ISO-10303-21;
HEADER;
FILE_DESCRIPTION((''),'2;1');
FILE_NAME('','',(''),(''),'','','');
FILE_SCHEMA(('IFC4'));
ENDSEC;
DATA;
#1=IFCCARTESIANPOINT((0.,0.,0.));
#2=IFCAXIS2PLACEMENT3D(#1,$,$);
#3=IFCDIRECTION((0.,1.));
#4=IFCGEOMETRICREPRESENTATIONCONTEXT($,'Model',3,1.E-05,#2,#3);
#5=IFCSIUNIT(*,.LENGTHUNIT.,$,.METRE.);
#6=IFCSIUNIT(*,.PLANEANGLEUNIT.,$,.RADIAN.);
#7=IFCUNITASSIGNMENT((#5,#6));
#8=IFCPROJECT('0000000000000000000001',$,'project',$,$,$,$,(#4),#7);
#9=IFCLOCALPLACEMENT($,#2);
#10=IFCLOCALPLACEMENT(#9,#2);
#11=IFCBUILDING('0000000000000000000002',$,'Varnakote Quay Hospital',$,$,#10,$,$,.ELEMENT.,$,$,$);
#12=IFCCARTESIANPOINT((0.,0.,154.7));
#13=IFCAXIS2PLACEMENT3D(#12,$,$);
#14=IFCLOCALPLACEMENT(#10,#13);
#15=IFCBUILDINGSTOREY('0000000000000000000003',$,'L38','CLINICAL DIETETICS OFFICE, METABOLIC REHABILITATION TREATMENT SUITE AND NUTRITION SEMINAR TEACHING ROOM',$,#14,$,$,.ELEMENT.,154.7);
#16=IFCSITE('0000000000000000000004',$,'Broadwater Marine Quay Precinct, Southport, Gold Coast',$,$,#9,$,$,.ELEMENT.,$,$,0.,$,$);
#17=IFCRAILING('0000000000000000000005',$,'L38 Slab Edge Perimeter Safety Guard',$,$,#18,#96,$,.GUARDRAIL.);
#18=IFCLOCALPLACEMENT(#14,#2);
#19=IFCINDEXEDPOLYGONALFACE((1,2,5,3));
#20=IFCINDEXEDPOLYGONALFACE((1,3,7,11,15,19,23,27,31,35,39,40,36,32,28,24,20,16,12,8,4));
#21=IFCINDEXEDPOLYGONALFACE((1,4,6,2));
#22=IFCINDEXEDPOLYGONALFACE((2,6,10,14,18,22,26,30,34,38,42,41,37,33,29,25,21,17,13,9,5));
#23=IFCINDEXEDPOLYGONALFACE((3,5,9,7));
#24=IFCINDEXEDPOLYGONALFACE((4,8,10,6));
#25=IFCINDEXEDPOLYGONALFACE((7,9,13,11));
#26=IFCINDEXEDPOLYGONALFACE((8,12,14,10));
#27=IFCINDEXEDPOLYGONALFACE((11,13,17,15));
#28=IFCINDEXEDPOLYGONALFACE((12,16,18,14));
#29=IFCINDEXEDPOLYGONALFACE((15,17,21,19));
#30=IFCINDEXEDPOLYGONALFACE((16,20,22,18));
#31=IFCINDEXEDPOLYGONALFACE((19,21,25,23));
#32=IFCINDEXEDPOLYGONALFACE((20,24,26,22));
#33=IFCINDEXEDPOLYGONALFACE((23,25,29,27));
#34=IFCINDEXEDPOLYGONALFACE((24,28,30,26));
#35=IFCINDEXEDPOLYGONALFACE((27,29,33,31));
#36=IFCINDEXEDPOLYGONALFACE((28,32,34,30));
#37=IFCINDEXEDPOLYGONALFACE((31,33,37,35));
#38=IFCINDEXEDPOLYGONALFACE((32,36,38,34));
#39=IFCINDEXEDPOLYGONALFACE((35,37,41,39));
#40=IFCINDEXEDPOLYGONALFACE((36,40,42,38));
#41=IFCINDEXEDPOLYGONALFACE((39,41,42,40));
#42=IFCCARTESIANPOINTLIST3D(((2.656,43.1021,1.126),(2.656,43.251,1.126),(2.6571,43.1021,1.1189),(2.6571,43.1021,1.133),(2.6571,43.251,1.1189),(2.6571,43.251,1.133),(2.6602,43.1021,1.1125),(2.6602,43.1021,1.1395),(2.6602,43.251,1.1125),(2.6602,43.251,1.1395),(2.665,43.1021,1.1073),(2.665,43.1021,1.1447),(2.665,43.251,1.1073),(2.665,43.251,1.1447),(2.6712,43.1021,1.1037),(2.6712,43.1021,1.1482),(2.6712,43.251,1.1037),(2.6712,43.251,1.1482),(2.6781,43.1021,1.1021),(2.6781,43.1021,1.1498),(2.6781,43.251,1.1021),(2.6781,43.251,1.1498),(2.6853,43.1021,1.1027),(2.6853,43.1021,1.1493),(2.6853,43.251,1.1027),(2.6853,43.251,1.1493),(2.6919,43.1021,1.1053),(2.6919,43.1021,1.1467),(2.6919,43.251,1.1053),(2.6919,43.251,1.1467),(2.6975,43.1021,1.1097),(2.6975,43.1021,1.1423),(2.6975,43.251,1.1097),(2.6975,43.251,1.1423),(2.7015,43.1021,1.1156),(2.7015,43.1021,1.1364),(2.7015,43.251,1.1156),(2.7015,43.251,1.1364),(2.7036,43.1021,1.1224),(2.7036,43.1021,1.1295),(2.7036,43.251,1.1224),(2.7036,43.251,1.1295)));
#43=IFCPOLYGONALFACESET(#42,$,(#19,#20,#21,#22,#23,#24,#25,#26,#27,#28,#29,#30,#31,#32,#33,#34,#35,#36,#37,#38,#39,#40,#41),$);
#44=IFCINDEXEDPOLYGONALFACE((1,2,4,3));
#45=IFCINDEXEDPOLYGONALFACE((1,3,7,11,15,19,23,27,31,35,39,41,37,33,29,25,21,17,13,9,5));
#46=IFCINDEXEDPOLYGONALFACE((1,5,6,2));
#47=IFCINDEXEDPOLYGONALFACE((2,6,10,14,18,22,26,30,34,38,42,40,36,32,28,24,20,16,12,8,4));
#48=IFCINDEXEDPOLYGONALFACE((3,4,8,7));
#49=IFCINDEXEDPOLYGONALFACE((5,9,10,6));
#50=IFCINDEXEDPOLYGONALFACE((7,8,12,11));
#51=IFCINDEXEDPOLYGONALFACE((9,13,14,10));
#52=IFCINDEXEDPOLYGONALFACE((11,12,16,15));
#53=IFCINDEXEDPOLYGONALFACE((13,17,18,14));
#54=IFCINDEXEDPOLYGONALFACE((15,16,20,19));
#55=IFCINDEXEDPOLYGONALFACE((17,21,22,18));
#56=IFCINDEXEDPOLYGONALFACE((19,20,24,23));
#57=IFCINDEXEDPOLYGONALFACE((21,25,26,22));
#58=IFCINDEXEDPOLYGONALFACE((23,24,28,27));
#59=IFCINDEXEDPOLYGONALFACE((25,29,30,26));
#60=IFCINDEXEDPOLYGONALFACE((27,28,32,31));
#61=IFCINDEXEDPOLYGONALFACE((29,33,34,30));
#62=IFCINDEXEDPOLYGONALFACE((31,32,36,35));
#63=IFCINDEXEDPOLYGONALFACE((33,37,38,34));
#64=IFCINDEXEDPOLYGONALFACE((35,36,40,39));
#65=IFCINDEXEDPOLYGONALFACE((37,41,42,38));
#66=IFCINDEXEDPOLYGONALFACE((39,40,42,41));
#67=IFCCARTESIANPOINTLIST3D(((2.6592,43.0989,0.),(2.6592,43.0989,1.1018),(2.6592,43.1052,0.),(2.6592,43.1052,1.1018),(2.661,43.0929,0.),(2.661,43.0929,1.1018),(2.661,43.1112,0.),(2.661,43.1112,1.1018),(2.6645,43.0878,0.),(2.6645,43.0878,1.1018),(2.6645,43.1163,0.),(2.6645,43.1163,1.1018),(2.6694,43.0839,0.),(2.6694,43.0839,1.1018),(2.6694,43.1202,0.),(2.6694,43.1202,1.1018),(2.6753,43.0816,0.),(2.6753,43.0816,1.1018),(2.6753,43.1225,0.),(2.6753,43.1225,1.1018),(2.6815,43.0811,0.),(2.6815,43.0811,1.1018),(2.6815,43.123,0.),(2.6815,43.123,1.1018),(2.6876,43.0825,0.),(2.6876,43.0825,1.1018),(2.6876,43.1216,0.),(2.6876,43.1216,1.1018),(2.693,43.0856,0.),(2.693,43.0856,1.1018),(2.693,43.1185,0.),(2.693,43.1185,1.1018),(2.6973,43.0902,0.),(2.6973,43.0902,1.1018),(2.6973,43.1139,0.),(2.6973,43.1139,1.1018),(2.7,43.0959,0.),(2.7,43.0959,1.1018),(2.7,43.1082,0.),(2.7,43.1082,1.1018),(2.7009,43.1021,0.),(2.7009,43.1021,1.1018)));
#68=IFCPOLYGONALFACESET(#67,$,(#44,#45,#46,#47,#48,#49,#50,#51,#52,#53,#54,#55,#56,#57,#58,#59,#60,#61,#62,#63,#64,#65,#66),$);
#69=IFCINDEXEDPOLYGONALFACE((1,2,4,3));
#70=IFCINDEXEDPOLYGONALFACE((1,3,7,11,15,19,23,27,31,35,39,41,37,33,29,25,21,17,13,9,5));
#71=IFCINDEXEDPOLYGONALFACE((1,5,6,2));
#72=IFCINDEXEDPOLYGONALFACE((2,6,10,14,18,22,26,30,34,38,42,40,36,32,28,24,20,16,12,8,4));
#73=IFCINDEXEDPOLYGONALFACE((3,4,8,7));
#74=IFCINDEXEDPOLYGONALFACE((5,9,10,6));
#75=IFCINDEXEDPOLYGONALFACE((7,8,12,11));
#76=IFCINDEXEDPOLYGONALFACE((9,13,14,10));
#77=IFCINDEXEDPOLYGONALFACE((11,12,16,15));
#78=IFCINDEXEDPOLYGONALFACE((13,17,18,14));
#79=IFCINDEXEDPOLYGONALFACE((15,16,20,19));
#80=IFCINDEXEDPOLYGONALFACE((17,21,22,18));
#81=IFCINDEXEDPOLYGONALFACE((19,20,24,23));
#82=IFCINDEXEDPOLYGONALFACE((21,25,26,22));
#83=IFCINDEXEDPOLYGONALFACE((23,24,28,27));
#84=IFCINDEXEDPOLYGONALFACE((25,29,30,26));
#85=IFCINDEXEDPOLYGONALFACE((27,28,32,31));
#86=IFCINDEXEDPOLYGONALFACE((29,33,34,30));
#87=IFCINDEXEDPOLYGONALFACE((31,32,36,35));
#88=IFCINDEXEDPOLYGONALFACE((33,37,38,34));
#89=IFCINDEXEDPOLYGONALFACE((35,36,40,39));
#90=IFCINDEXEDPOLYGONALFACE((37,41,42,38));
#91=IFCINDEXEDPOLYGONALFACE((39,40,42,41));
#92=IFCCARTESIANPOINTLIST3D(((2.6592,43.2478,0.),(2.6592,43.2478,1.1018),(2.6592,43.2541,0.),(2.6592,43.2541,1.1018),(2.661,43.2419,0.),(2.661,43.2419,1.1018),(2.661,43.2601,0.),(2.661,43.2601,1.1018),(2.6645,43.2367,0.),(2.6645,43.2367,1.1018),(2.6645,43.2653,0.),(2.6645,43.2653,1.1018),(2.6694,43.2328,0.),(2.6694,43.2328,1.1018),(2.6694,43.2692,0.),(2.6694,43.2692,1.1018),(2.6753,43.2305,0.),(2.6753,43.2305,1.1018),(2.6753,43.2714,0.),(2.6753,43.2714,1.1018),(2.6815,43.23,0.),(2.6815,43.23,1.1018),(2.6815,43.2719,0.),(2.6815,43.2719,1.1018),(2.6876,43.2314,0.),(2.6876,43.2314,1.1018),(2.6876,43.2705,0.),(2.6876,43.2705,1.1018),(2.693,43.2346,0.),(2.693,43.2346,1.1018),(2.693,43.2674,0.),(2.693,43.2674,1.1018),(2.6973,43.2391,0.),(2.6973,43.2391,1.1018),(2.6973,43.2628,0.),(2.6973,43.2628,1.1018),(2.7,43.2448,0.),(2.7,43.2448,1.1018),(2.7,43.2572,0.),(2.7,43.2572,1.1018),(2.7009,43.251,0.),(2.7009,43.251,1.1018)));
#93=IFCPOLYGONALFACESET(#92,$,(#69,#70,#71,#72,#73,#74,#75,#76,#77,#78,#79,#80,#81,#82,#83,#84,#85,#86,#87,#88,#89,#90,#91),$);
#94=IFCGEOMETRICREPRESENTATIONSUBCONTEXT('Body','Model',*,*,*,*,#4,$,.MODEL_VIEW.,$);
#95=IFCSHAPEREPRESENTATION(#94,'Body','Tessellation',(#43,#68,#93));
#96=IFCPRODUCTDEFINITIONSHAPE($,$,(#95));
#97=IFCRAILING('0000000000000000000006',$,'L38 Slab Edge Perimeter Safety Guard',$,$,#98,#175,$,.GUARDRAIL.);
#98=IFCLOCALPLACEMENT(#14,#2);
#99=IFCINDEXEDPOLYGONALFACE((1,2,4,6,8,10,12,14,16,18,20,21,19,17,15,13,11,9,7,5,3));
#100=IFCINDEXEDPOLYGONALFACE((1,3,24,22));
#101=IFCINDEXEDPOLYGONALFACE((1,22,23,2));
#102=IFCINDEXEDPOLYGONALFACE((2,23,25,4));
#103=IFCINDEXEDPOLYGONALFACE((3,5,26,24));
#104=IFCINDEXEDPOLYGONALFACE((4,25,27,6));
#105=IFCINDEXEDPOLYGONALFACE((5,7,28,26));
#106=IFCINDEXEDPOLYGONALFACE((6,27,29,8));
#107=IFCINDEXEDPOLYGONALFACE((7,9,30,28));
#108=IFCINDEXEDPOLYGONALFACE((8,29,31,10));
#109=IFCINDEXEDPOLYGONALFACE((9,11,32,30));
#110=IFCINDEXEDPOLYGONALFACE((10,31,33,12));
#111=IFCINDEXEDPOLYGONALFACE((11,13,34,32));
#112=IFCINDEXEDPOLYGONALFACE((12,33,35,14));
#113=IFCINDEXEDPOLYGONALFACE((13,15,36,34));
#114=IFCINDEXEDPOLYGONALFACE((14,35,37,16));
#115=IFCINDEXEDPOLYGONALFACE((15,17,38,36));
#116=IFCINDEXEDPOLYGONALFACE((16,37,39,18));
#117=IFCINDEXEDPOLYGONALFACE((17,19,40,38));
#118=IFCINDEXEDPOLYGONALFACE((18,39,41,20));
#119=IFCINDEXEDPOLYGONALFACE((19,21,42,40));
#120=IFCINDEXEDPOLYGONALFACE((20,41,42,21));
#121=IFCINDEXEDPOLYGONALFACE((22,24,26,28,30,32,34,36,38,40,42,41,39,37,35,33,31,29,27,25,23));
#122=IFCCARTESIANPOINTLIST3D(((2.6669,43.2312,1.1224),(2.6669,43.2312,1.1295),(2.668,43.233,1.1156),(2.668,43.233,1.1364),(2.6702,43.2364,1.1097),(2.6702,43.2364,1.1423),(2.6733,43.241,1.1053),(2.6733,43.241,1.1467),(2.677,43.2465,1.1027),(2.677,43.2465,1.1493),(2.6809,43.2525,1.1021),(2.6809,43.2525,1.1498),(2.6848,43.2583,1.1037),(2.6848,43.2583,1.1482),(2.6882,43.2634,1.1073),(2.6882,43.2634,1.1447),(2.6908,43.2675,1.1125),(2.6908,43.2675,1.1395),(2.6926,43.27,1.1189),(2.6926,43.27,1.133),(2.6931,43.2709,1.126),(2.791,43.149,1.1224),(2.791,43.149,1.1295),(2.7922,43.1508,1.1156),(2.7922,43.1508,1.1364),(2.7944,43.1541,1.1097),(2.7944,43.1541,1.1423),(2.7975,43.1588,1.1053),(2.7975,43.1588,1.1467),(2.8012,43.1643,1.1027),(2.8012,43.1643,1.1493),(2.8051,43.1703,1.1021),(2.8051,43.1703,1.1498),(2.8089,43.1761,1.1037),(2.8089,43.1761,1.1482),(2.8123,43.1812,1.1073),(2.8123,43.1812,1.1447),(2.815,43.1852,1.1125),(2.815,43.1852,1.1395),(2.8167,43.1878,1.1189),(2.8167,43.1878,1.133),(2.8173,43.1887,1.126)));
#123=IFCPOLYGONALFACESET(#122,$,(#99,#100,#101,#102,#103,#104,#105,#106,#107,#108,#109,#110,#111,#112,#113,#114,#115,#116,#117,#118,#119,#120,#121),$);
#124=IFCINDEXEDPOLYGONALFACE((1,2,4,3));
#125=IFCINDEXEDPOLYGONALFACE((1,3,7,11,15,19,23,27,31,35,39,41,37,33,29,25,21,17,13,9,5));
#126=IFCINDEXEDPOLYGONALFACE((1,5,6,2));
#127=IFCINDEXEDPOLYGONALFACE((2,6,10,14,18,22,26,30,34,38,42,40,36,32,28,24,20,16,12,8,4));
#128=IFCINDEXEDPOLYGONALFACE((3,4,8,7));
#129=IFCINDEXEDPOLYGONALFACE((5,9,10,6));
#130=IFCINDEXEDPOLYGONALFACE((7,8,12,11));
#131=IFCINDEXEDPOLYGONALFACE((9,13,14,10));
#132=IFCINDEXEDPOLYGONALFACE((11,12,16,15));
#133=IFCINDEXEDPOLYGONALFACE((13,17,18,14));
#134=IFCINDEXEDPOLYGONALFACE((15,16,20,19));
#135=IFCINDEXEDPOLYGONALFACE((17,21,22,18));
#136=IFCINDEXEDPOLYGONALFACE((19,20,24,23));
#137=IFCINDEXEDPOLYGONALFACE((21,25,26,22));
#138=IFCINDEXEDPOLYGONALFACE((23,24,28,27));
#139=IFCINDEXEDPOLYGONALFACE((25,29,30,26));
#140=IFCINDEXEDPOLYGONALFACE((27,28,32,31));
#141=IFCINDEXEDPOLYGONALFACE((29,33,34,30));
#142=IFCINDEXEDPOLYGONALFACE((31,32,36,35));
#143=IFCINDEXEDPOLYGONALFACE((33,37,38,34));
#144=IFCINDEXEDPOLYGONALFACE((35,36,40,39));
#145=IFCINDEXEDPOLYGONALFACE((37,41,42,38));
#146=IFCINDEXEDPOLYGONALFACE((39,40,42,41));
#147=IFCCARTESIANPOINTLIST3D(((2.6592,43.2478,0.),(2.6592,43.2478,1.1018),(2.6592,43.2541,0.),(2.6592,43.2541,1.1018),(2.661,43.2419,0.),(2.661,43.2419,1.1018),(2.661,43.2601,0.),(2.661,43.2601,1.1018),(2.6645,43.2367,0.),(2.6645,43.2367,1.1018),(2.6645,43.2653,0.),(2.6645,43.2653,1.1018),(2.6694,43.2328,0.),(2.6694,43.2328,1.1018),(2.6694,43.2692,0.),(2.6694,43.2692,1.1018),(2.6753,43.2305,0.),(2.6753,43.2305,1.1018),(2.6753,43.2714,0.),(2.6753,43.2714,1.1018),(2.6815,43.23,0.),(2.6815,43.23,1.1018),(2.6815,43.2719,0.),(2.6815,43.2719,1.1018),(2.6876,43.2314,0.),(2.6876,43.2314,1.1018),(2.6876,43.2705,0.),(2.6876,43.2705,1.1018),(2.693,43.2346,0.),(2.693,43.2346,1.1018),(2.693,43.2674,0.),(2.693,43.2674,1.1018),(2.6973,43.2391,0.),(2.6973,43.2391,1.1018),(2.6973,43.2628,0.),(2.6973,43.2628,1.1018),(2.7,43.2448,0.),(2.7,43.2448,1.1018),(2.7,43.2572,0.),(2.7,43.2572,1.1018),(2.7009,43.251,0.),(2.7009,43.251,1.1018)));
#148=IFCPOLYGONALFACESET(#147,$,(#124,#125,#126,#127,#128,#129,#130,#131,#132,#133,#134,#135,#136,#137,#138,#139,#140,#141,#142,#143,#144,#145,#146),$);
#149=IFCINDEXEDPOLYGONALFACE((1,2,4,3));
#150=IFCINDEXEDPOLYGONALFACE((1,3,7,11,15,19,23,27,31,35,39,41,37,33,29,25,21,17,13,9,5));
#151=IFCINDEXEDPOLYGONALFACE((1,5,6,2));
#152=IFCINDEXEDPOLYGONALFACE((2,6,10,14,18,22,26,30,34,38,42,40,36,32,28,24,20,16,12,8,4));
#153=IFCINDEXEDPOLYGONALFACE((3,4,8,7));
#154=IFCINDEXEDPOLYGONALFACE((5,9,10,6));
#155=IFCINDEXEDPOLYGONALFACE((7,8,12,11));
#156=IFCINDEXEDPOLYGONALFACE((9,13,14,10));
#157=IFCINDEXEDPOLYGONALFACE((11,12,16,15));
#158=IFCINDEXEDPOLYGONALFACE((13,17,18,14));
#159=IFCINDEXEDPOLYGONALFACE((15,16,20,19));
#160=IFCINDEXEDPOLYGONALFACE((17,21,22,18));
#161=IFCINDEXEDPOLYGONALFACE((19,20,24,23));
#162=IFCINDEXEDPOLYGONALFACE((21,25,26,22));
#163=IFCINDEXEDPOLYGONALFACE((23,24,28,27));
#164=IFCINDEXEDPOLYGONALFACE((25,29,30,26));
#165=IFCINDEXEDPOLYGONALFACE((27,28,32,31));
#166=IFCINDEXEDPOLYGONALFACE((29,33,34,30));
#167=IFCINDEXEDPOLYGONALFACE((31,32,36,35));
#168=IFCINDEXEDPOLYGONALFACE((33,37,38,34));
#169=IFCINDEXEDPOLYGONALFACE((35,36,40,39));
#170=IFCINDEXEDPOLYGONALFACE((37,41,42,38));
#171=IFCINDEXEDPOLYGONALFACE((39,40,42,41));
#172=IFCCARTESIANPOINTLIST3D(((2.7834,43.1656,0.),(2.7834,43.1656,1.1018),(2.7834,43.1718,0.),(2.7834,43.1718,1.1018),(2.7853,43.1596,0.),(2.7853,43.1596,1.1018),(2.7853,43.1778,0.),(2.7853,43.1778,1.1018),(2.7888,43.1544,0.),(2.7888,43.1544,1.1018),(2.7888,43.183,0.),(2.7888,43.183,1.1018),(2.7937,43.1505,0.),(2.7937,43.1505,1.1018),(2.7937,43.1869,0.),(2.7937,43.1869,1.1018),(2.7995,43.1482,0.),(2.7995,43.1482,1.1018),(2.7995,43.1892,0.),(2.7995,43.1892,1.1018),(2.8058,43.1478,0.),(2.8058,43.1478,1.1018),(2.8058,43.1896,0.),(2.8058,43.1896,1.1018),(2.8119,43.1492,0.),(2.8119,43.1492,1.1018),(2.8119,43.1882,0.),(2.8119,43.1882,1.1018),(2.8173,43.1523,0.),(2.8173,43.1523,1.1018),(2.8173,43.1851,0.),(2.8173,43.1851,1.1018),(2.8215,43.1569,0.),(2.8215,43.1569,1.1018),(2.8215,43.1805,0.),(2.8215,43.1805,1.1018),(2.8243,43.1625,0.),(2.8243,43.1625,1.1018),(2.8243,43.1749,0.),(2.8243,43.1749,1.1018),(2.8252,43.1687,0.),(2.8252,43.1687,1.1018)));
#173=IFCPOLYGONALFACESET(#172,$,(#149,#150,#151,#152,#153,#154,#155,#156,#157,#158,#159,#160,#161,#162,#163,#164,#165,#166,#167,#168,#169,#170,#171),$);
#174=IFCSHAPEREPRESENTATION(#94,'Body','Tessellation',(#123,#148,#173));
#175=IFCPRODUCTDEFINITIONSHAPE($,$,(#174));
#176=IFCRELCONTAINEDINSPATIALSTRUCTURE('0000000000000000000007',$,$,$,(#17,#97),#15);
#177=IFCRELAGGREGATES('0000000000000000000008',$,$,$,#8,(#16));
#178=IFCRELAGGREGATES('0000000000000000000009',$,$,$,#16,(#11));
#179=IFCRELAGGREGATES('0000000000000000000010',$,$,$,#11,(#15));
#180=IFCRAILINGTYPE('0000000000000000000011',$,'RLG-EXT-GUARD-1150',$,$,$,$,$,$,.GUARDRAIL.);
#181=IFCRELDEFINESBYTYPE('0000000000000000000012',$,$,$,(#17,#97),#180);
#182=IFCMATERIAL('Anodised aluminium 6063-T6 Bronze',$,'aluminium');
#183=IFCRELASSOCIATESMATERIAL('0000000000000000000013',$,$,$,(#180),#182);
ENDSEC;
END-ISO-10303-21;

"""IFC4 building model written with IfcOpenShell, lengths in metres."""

from ifc_helpers import new_model, si_unit, direction, frame, origin, origin_2d, place, context, subcontext, project, spatial, circle, extrude, material, type_object, element, save


model = new_model("IFC4")

# Units and contexts
model_context = context("Model", 3, precision=1e-05, world=origin(), true_north=direction((0.0, 1.0)))
body_context = subcontext(model_context, "Body", "Model", "MODEL_VIEW")
ifc_project = project(units=[si_unit("LENGTHUNIT", "METRE"), si_unit("PLANEANGLEUNIT", "RADIAN")], contexts=[model_context])

# Site, building, storey
site_placement = place(None, origin())
site = spatial("IfcSite", under=ifc_project, at=site_placement, Name="Broadwater Marine Quay Precinct, Southport, Gold Coast", CompositionType="ELEMENT", RefElevation=0.0)
building_placement = place(site_placement, origin())
building = spatial("IfcBuilding", under=site, at=building_placement, Name="Varnakote Quay Hospital", CompositionType="ELEMENT")
storey_placement = place(building_placement, frame((0.0, 0.0, 154.7)))
storey = spatial("IfcBuildingStorey", under=building, at=storey_placement, Name="L38", Description="CLINICAL DIETETICS OFFICE, METABOLIC REHABILITATION TREATMENT SUITE AND NUTRITION SEMINAR TEACHING ROOM", CompositionType="ELEMENT", Elevation=154.7)

# Railings
ifc_material_1 = material(Name="Anodised aluminium 6063-T6 Bronze", Category="aluminium")
railing_type = type_object("IfcRailingType", Name="RLG-EXT-GUARD-1150", PredefinedType="GUARDRAIL", material=ifc_material_1)
railing_1_placement = place(storey_placement, frame((2.6799, 43.1021, 0.0)))
element("IfcRailing", 1, at=railing_1_placement, inside=storey, type_object=railing_type, Name="L38 Slab Edge Perimeter Safety Guard", PredefinedType="GUARDRAIL", context=body_context, shape_type="SweptSolid", body=[
    extrude(circle(Radius=0.0239, at=origin_2d()), frame((0.0, 0.0, 1.126), z_axis=(0.0, 1.0, 0.0), x_axis=(-1.0, 0.0, 0.0)), (0.0, 0.0, 1.0), 0.1489),
    extrude(circle(Radius=0.021, at=origin_2d()), origin(), (0.0, 0.0, 1.0), 1.1018),
    extrude(circle(Radius=0.021, at=origin_2d()), frame((0.0, 0.1489, 0.0)), (0.0, 0.0, 1.0), 1.1018),
])
railing_2_placement = place(storey_placement, frame((2.6799, 43.251, 0.0)))
element("IfcRailing", 2, at=railing_2_placement, inside=storey, type_object=railing_type, Name="L38 Slab Edge Perimeter Safety Guard", PredefinedType="GUARDRAIL", context=body_context, shape_type="SweptSolid", body=[
    extrude(circle(Radius=0.0239, at=origin_2d()), frame((0.0, 0.0, 1.126), z_axis=(0.83381, -0.552051, 0.0), x_axis=(0.552051, 0.83381, 0.0)), (0.0, 0.0, 1.0), 0.1489),
    extrude(circle(Radius=0.021, at=origin_2d()), origin(), (0.0, 0.0, 1.0), 1.1018),
    extrude(circle(Radius=0.021, at=origin_2d()), frame((0.1243, -0.0823, 0.0)), (0.0, 0.0, 1.0), 1.1018),
])

save(model, "model.ifc")
